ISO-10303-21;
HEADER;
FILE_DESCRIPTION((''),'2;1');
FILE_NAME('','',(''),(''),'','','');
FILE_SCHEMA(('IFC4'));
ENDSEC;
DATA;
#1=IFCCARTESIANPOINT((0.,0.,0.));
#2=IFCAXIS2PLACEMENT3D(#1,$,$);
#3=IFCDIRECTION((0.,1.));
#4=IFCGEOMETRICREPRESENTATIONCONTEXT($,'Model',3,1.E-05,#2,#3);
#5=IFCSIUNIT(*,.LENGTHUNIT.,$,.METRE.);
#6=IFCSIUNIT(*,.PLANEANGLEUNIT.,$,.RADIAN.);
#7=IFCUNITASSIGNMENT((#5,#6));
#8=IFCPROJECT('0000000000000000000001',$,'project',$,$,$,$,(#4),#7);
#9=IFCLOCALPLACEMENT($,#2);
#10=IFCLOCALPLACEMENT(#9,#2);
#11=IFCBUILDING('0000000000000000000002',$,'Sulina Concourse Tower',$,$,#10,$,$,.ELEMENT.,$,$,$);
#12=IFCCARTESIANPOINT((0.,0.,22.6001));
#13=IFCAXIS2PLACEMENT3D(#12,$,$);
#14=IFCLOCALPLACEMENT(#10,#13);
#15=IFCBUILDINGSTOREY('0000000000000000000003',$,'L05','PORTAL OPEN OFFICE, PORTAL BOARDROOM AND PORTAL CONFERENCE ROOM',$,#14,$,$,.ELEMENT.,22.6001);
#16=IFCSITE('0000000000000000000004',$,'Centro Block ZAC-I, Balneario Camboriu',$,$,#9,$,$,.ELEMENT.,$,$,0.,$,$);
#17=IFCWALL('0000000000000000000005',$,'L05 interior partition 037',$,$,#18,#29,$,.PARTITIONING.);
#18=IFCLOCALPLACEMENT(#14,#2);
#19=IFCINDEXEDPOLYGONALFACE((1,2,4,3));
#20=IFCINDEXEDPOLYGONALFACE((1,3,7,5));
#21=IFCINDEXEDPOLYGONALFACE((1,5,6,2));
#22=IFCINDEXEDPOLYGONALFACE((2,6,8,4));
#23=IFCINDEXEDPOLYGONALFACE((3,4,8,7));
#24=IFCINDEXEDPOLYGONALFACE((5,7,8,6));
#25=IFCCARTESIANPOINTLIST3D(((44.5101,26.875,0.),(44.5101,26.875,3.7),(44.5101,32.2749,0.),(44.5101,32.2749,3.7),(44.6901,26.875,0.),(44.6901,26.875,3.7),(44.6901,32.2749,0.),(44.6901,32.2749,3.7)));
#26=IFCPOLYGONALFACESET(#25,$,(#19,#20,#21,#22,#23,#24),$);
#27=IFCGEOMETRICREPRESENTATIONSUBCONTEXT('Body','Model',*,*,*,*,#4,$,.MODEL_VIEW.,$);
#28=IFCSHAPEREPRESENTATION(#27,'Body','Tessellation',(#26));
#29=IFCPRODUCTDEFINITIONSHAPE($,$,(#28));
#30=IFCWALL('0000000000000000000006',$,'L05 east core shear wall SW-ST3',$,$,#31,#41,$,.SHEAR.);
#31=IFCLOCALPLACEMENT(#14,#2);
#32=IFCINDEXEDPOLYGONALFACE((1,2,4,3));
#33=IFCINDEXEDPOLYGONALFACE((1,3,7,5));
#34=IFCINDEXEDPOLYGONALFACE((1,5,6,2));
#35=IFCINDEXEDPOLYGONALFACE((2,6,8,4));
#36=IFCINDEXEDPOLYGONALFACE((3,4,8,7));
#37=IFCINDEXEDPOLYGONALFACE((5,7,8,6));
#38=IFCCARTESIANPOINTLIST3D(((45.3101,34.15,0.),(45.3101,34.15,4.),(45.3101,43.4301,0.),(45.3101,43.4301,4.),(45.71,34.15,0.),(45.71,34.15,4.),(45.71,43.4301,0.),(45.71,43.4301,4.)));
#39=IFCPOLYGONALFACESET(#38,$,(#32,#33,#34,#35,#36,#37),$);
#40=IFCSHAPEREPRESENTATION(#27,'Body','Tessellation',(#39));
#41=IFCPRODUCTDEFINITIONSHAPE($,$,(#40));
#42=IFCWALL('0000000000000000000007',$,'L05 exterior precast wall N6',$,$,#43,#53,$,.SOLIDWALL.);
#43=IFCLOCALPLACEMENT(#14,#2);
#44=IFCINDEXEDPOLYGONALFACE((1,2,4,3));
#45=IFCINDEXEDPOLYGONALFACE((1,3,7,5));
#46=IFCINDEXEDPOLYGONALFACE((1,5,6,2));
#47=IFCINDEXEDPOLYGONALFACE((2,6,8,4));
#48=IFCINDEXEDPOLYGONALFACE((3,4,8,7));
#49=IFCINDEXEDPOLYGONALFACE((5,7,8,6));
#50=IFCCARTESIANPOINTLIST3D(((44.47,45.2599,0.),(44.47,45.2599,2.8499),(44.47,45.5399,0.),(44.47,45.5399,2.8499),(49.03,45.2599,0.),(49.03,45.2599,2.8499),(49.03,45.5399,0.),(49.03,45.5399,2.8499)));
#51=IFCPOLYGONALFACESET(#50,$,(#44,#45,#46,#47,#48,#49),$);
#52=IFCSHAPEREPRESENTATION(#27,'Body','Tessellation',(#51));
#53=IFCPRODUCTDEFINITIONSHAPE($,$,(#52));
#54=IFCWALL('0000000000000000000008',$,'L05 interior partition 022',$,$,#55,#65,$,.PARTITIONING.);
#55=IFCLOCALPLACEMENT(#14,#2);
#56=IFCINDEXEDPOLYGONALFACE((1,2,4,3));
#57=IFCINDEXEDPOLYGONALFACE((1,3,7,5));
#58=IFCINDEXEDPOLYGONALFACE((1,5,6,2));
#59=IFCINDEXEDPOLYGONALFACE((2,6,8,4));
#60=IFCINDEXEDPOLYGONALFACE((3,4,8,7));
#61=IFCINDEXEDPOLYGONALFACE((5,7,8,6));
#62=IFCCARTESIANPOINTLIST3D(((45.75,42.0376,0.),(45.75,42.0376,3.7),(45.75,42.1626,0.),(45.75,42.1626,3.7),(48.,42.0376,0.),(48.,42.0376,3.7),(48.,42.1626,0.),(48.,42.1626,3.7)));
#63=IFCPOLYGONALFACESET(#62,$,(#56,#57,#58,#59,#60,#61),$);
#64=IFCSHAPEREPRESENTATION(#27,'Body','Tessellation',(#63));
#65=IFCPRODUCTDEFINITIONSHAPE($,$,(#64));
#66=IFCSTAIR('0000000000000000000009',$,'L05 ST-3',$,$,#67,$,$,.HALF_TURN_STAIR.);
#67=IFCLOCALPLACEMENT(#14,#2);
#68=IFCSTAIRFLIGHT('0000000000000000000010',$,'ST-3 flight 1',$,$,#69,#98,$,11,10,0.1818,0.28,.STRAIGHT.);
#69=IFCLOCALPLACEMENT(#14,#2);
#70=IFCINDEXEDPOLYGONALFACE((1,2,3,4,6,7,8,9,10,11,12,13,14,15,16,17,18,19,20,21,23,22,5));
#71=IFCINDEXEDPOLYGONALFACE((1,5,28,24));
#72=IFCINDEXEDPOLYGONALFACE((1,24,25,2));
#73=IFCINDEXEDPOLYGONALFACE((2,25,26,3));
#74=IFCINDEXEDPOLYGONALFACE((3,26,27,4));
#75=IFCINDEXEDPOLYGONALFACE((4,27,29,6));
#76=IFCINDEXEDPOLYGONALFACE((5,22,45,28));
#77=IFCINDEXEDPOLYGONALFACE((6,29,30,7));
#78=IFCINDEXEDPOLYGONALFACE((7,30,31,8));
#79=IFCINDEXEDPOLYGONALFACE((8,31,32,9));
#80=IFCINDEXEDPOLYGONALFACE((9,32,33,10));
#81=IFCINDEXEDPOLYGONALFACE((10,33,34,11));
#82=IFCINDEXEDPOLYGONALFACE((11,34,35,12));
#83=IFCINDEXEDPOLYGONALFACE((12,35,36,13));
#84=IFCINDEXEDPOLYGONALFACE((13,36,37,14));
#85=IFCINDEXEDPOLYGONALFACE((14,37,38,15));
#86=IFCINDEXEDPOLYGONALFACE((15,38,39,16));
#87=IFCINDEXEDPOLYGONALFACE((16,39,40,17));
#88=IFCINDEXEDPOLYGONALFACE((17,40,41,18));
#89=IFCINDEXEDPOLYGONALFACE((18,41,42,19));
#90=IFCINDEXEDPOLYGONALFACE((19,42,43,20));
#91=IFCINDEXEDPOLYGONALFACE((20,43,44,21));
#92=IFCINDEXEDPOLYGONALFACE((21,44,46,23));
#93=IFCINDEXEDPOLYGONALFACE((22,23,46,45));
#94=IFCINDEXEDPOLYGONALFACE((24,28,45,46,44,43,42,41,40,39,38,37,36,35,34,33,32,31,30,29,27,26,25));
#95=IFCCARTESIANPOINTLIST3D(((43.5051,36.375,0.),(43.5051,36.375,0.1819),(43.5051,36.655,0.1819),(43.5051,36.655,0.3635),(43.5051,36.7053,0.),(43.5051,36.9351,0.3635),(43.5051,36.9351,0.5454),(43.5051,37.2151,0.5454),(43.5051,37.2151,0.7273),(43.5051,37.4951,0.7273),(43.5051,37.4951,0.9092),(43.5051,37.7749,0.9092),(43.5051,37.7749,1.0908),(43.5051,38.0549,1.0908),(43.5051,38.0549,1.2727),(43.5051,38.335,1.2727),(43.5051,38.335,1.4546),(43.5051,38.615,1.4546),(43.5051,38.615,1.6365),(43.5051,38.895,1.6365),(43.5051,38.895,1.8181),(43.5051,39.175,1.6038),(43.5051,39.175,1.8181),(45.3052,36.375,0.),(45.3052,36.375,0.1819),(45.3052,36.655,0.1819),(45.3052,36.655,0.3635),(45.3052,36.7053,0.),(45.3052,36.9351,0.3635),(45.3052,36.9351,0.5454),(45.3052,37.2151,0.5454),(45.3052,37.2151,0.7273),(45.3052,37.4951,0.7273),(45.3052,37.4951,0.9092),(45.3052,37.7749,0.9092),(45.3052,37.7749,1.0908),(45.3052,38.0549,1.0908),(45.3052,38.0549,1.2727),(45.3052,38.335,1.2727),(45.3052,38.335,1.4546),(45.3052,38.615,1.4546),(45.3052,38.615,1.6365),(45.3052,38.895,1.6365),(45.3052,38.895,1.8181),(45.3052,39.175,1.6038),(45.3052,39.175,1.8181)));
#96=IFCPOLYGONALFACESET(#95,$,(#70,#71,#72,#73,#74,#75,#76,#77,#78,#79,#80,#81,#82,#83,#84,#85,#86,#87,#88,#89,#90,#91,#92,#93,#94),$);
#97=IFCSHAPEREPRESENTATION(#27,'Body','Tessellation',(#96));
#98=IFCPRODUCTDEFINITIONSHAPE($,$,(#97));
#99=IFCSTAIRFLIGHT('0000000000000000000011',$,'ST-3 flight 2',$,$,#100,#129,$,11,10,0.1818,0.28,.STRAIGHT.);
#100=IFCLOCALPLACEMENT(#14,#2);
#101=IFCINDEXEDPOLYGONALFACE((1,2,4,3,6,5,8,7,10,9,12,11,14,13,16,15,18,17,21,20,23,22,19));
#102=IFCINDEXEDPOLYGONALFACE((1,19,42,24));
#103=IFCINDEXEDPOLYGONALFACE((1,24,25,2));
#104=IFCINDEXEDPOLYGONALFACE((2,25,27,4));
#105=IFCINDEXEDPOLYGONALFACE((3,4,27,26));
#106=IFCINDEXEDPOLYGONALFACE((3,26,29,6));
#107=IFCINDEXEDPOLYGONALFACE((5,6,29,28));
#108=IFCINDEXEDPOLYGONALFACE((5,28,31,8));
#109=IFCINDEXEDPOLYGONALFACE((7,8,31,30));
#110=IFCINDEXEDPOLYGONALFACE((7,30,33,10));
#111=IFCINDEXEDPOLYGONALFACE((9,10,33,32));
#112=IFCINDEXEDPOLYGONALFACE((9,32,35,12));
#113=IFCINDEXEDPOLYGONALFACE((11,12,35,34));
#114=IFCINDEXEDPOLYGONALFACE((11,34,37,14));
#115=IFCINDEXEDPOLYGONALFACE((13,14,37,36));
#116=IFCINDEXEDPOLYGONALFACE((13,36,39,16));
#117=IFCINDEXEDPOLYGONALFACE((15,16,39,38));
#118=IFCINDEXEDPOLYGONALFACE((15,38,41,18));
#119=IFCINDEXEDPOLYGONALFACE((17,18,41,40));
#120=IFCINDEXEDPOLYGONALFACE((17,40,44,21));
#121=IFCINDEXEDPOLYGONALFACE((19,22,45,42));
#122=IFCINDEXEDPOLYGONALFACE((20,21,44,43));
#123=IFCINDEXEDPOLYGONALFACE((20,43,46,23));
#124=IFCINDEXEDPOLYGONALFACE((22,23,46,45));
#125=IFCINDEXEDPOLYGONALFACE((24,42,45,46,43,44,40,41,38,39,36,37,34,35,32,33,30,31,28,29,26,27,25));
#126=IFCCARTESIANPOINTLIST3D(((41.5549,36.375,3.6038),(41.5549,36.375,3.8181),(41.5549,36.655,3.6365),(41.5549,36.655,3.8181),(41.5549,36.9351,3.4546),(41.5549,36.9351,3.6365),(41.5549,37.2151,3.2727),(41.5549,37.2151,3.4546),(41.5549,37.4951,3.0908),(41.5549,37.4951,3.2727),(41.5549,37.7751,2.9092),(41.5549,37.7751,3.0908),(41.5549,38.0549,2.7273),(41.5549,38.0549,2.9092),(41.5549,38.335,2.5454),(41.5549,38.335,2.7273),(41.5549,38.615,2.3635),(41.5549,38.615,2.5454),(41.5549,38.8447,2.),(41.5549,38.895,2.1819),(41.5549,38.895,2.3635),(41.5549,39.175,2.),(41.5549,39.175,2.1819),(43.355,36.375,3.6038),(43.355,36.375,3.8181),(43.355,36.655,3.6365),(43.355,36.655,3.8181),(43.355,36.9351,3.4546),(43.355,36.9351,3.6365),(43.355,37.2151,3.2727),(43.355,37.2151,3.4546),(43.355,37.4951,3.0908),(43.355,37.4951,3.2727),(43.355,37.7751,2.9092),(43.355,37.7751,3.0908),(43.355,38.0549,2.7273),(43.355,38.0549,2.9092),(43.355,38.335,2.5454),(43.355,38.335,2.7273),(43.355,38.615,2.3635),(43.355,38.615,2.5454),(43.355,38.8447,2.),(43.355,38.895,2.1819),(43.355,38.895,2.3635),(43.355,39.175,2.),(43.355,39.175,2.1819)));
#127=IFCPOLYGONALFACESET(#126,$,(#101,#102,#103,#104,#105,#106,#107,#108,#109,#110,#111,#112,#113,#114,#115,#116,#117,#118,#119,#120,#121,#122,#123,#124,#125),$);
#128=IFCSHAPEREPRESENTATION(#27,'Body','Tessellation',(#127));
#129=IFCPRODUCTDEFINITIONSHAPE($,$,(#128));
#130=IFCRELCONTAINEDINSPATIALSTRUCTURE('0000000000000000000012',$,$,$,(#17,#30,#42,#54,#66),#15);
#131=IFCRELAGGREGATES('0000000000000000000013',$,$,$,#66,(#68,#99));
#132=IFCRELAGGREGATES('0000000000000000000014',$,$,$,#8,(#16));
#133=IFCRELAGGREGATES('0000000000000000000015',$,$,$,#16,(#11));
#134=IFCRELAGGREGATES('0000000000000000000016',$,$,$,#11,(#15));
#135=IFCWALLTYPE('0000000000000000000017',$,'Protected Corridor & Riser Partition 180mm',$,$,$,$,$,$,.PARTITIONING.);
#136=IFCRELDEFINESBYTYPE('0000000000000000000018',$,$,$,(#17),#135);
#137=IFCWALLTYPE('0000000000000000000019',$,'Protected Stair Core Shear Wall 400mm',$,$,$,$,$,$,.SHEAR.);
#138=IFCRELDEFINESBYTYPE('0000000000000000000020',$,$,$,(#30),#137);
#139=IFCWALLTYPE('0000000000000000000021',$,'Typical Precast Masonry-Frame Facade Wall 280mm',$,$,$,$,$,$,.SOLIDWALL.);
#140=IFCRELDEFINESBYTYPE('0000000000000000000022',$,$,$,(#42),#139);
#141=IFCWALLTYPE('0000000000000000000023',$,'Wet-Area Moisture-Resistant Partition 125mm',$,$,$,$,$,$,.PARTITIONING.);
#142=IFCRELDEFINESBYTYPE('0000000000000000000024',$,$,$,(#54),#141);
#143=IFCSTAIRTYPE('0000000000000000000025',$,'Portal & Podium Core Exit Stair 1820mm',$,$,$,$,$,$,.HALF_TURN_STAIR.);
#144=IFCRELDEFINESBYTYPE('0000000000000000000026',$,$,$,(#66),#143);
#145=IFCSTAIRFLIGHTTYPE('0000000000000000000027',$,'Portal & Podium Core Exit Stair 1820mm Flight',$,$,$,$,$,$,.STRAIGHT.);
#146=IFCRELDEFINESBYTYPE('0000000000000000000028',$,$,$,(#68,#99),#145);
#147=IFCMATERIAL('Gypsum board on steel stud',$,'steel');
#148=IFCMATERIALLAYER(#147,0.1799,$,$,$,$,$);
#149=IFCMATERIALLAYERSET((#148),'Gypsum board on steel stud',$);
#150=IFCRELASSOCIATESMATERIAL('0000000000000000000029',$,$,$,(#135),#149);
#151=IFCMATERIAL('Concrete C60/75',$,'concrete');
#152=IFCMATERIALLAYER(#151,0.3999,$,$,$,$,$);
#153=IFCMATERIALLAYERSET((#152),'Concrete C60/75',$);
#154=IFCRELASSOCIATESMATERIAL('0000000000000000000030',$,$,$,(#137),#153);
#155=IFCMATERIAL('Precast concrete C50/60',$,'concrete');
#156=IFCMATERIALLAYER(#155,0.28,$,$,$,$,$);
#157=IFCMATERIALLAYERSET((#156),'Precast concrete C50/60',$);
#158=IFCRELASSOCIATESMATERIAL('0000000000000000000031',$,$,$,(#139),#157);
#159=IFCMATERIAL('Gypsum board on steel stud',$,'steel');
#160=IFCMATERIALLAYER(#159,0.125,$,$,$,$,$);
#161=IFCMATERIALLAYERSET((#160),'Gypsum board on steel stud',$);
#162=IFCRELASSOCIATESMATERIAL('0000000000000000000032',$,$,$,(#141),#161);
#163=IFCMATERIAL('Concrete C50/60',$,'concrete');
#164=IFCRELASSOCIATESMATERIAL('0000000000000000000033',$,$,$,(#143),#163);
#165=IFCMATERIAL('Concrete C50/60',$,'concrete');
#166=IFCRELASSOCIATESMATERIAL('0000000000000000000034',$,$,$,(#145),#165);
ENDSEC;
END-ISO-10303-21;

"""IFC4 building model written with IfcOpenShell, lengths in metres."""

from ifc_helpers import new_model, si_unit, direction, frame, frame_2d, origin, place, context, subcontext, project, spatial, polyline, rectangle, outline, extrude, material, layer, layer_set, type_object, element, aggregate, save


model = new_model("IFC4")

# Units and contexts
model_context = context("Model", 3, precision=1e-05, world=origin(), true_north=direction((0.0, 1.0)))
body_context = subcontext(model_context, "Body", "Model", "MODEL_VIEW")
ifc_project = project(units=[si_unit("LENGTHUNIT", "METRE"), si_unit("PLANEANGLEUNIT", "RADIAN")], contexts=[model_context])

# Site, building, storey
site_placement = place(None, origin())
site = spatial("IfcSite", under=ifc_project, at=site_placement, Name="Centro Block ZAC-I, Balneario Camboriu", CompositionType="ELEMENT", RefElevation=0.0)
building_placement = place(site_placement, origin())
building = spatial("IfcBuilding", under=site, at=building_placement, Name="Sulina Concourse Tower", CompositionType="ELEMENT")
storey_placement = place(building_placement, frame((0.0, 0.0, 22.6001)))
storey = spatial("IfcBuildingStorey", under=building, at=storey_placement, Name="L05", Description="PORTAL OPEN OFFICE, PORTAL BOARDROOM AND PORTAL CONFERENCE ROOM", CompositionType="ELEMENT", Elevation=22.6001)

# Shared definitions
ifc_material_1 = material(Name="Gypsum board on steel stud", Category="steel")
ifc_layer_1 = layer(ifc_material_1, 0.1799)
ifc_layer_set_1 = layer_set([ifc_layer_1], Name="Gypsum board on steel stud")
wall_type_1 = type_object("IfcWallType", Name="Protected Corridor & Riser Partition 180mm", PredefinedType="PARTITIONING", material=ifc_layer_set_1)

# Walls
wall_1_placement = place(storey_placement, frame((44.6001, 26.875, 0.0), z_axis=(0.0, 0.0, 1.0), x_axis=(0.0, 1.0, 0.0)))
element("IfcWall", 1, at=wall_1_placement, inside=storey, type_object=wall_type_1, Name="L05 interior partition 037", PredefinedType="PARTITIONING", context=body_context, shape_type="SweptSolid", body=[
    extrude(rectangle(XDim=5.3999, YDim=0.1799, at=frame_2d((2.7, 0.0))), origin(), (0.0, 0.0, 1.0), 3.7),
])
ifc_material_2 = material(Name="Concrete C60/75", Category="concrete")
ifc_layer_2 = layer(ifc_material_2, 0.3999)
ifc_layer_set_2 = layer_set([ifc_layer_2], Name="Concrete C60/75")
wall_type_2 = type_object("IfcWallType", Name="Protected Stair Core Shear Wall 400mm", PredefinedType="SHEAR", material=ifc_layer_set_2)
wall_2_placement = place(storey_placement, frame((45.51, 34.1499, 0.0), z_axis=(0.0, 0.0, 1.0), x_axis=(0.0, 1.0, 0.0)))
element("IfcWall", 2, at=wall_2_placement, inside=storey, type_object=wall_type_2, Name="L05 east core shear wall SW-ST3", PredefinedType="SHEAR", context=body_context, shape_type="SweptSolid", body=[
    extrude(rectangle(XDim=9.28, YDim=0.3999, at=frame_2d((4.6401, 0.0))), origin(), (0.0, 0.0, 1.0), 4.0),
])
ifc_material_3 = material(Name="Precast concrete C50/60", Category="concrete")
ifc_layer_3 = layer(ifc_material_3, 0.28)
ifc_layer_set_3 = layer_set([ifc_layer_3], Name="Precast concrete C50/60")
wall_type_3 = type_object("IfcWallType", Name="Typical Precast Masonry-Frame Facade Wall 280mm", PredefinedType="SOLIDWALL", material=ifc_layer_set_3)
wall_3_placement = place(storey_placement, frame((44.47, 45.3999, 0.0), z_axis=(0.0, 0.0, 1.0), x_axis=(1.0, 0.0, 0.0)))
element("IfcWall", 3, at=wall_3_placement, inside=storey, type_object=wall_type_3, Name="L05 exterior precast wall N6", PredefinedType="SOLIDWALL", context=body_context, shape_type="SweptSolid", body=[
    extrude(rectangle(XDim=4.5601, YDim=0.28, at=frame_2d((2.28, 0.0))), origin(), (0.0, 0.0, 1.0), 2.8499),
])
ifc_material_4 = material(Name="Gypsum board on steel stud", Category="steel")
ifc_layer_4 = layer(ifc_material_4, 0.125)
ifc_layer_set_4 = layer_set([ifc_layer_4], Name="Gypsum board on steel stud")
wall_type_4 = type_object("IfcWallType", Name="Wet-Area Moisture-Resistant Partition 125mm", PredefinedType="PARTITIONING", material=ifc_layer_set_4)
wall_4_placement = place(storey_placement, frame((45.75, 42.1001, 0.0), z_axis=(0.0, 0.0, 1.0), x_axis=(1.0, 0.0, 0.0)))
element("IfcWall", 4, at=wall_4_placement, inside=storey, type_object=wall_type_4, Name="L05 interior partition 022", PredefinedType="PARTITIONING", context=body_context, shape_type="SweptSolid", body=[
    extrude(rectangle(XDim=2.25, YDim=0.125, at=frame_2d((1.125, 0.0))), origin(), (0.0, 0.0, 1.0), 3.7),
])

# Stair, stair flights
ifc_material_5 = material(Name="Concrete C50/60", Category="concrete")
stair_type = type_object("IfcStairType", Name="Portal & Podium Core Exit Stair 1820mm", PredefinedType="HALF_TURN_STAIR", material=ifc_material_5)
stair_placement = place(storey_placement, origin())
stair = element("IfcStair", 5, at=stair_placement, inside=storey, type_object=stair_type, Name="L05 ST-3", PredefinedType="HALF_TURN_STAIR")
ifc_material_6 = material(Name="Concrete C50/60", Category="concrete")
stair_flight_type = type_object("IfcStairFlightType", Name="Portal & Podium Core Exit Stair 1820mm Flight", PredefinedType="STRAIGHT", material=ifc_material_6)
stair_flight_1_placement = place(storey_placement, frame((44.405, 36.375, 0.0), z_axis=(0.0, 0.0, 1.0), x_axis=(0.0, 1.0, 0.0)))
stair_flight_1 = element("IfcStairFlight", 6, at=stair_flight_1_placement, type_object=stair_flight_type, Name="ST-3 flight 1", NumberOfRisers=11, NumberOfTreads=10, PredefinedType="STRAIGHT", RiserHeight=0.1818, TreadLength=0.28, context=body_context, shape_type="SweptSolid", body=[
    extrude(outline(polyline([(0.0, 0.0), (0.0, 0.1819), (0.28, 0.1819), (0.28, 0.3635), (0.5601, 0.3635), (0.5601, 0.5454), (0.8401, 0.5454), (0.8401, 0.7273), (1.1201, 0.7273), (1.1201, 0.9092), (1.3999, 0.9092), (1.3999, 1.0908), (1.6799, 1.0908), (1.6799, 1.2727), (1.96, 1.2727), (1.96, 1.4546), (2.24, 1.4546), (2.24, 1.6365), (2.52, 1.6365), (2.52, 1.8181), (2.8, 1.8181), (2.8, 2.0), (2.8, 1.6038), (0.3303, 0.0), (0.0, 0.0)])), frame((0.0, 0.8999, 0.0), z_axis=(0.0, -1.0, 0.0), x_axis=(1.0, 0.0, 0.0)), (0.0, 0.0, 1.0), 1.8),
])
stair_flight_2_placement = place(storey_placement, frame((42.4551, 39.175, 2.0), z_axis=(0.0, 0.0, 1.0), x_axis=(0.0, -1.0, 0.0)))
stair_flight_2 = element("IfcStairFlight", 7, at=stair_flight_2_placement, type_object=stair_flight_type, Name="ST-3 flight 2", NumberOfRisers=11, NumberOfTreads=10, PredefinedType="STRAIGHT", RiserHeight=0.1818, TreadLength=0.28, context=body_context, shape_type="SweptSolid", body=[
    extrude(outline(polyline([(0.0, 0.0), (0.0, 0.1819), (0.28, 0.1819), (0.28, 0.3635), (0.5601, 0.3635), (0.5601, 0.5454), (0.8401, 0.5454), (0.8401, 0.7273), (1.1201, 0.7273), (1.1201, 0.9092), (1.3999, 0.9092), (1.3999, 1.0908), (1.6799, 1.0908), (1.6799, 1.2727), (1.96, 1.2727), (1.96, 1.4546), (2.24, 1.4546), (2.24, 1.6365), (2.52, 1.6365), (2.52, 1.8181), (2.8, 1.8181), (2.8, 2.0), (2.8, 1.6038), (0.3303, 0.0), (0.0, 0.0)])), frame((0.0, 0.8999, 0.0), z_axis=(0.0, -1.0, 0.0), x_axis=(1.0, 0.0, 0.0)), (0.0, 0.0, 1.0), 1.8),
])
aggregate(stair, [stair_flight_1, stair_flight_2])

save(model, "model.ifc")
